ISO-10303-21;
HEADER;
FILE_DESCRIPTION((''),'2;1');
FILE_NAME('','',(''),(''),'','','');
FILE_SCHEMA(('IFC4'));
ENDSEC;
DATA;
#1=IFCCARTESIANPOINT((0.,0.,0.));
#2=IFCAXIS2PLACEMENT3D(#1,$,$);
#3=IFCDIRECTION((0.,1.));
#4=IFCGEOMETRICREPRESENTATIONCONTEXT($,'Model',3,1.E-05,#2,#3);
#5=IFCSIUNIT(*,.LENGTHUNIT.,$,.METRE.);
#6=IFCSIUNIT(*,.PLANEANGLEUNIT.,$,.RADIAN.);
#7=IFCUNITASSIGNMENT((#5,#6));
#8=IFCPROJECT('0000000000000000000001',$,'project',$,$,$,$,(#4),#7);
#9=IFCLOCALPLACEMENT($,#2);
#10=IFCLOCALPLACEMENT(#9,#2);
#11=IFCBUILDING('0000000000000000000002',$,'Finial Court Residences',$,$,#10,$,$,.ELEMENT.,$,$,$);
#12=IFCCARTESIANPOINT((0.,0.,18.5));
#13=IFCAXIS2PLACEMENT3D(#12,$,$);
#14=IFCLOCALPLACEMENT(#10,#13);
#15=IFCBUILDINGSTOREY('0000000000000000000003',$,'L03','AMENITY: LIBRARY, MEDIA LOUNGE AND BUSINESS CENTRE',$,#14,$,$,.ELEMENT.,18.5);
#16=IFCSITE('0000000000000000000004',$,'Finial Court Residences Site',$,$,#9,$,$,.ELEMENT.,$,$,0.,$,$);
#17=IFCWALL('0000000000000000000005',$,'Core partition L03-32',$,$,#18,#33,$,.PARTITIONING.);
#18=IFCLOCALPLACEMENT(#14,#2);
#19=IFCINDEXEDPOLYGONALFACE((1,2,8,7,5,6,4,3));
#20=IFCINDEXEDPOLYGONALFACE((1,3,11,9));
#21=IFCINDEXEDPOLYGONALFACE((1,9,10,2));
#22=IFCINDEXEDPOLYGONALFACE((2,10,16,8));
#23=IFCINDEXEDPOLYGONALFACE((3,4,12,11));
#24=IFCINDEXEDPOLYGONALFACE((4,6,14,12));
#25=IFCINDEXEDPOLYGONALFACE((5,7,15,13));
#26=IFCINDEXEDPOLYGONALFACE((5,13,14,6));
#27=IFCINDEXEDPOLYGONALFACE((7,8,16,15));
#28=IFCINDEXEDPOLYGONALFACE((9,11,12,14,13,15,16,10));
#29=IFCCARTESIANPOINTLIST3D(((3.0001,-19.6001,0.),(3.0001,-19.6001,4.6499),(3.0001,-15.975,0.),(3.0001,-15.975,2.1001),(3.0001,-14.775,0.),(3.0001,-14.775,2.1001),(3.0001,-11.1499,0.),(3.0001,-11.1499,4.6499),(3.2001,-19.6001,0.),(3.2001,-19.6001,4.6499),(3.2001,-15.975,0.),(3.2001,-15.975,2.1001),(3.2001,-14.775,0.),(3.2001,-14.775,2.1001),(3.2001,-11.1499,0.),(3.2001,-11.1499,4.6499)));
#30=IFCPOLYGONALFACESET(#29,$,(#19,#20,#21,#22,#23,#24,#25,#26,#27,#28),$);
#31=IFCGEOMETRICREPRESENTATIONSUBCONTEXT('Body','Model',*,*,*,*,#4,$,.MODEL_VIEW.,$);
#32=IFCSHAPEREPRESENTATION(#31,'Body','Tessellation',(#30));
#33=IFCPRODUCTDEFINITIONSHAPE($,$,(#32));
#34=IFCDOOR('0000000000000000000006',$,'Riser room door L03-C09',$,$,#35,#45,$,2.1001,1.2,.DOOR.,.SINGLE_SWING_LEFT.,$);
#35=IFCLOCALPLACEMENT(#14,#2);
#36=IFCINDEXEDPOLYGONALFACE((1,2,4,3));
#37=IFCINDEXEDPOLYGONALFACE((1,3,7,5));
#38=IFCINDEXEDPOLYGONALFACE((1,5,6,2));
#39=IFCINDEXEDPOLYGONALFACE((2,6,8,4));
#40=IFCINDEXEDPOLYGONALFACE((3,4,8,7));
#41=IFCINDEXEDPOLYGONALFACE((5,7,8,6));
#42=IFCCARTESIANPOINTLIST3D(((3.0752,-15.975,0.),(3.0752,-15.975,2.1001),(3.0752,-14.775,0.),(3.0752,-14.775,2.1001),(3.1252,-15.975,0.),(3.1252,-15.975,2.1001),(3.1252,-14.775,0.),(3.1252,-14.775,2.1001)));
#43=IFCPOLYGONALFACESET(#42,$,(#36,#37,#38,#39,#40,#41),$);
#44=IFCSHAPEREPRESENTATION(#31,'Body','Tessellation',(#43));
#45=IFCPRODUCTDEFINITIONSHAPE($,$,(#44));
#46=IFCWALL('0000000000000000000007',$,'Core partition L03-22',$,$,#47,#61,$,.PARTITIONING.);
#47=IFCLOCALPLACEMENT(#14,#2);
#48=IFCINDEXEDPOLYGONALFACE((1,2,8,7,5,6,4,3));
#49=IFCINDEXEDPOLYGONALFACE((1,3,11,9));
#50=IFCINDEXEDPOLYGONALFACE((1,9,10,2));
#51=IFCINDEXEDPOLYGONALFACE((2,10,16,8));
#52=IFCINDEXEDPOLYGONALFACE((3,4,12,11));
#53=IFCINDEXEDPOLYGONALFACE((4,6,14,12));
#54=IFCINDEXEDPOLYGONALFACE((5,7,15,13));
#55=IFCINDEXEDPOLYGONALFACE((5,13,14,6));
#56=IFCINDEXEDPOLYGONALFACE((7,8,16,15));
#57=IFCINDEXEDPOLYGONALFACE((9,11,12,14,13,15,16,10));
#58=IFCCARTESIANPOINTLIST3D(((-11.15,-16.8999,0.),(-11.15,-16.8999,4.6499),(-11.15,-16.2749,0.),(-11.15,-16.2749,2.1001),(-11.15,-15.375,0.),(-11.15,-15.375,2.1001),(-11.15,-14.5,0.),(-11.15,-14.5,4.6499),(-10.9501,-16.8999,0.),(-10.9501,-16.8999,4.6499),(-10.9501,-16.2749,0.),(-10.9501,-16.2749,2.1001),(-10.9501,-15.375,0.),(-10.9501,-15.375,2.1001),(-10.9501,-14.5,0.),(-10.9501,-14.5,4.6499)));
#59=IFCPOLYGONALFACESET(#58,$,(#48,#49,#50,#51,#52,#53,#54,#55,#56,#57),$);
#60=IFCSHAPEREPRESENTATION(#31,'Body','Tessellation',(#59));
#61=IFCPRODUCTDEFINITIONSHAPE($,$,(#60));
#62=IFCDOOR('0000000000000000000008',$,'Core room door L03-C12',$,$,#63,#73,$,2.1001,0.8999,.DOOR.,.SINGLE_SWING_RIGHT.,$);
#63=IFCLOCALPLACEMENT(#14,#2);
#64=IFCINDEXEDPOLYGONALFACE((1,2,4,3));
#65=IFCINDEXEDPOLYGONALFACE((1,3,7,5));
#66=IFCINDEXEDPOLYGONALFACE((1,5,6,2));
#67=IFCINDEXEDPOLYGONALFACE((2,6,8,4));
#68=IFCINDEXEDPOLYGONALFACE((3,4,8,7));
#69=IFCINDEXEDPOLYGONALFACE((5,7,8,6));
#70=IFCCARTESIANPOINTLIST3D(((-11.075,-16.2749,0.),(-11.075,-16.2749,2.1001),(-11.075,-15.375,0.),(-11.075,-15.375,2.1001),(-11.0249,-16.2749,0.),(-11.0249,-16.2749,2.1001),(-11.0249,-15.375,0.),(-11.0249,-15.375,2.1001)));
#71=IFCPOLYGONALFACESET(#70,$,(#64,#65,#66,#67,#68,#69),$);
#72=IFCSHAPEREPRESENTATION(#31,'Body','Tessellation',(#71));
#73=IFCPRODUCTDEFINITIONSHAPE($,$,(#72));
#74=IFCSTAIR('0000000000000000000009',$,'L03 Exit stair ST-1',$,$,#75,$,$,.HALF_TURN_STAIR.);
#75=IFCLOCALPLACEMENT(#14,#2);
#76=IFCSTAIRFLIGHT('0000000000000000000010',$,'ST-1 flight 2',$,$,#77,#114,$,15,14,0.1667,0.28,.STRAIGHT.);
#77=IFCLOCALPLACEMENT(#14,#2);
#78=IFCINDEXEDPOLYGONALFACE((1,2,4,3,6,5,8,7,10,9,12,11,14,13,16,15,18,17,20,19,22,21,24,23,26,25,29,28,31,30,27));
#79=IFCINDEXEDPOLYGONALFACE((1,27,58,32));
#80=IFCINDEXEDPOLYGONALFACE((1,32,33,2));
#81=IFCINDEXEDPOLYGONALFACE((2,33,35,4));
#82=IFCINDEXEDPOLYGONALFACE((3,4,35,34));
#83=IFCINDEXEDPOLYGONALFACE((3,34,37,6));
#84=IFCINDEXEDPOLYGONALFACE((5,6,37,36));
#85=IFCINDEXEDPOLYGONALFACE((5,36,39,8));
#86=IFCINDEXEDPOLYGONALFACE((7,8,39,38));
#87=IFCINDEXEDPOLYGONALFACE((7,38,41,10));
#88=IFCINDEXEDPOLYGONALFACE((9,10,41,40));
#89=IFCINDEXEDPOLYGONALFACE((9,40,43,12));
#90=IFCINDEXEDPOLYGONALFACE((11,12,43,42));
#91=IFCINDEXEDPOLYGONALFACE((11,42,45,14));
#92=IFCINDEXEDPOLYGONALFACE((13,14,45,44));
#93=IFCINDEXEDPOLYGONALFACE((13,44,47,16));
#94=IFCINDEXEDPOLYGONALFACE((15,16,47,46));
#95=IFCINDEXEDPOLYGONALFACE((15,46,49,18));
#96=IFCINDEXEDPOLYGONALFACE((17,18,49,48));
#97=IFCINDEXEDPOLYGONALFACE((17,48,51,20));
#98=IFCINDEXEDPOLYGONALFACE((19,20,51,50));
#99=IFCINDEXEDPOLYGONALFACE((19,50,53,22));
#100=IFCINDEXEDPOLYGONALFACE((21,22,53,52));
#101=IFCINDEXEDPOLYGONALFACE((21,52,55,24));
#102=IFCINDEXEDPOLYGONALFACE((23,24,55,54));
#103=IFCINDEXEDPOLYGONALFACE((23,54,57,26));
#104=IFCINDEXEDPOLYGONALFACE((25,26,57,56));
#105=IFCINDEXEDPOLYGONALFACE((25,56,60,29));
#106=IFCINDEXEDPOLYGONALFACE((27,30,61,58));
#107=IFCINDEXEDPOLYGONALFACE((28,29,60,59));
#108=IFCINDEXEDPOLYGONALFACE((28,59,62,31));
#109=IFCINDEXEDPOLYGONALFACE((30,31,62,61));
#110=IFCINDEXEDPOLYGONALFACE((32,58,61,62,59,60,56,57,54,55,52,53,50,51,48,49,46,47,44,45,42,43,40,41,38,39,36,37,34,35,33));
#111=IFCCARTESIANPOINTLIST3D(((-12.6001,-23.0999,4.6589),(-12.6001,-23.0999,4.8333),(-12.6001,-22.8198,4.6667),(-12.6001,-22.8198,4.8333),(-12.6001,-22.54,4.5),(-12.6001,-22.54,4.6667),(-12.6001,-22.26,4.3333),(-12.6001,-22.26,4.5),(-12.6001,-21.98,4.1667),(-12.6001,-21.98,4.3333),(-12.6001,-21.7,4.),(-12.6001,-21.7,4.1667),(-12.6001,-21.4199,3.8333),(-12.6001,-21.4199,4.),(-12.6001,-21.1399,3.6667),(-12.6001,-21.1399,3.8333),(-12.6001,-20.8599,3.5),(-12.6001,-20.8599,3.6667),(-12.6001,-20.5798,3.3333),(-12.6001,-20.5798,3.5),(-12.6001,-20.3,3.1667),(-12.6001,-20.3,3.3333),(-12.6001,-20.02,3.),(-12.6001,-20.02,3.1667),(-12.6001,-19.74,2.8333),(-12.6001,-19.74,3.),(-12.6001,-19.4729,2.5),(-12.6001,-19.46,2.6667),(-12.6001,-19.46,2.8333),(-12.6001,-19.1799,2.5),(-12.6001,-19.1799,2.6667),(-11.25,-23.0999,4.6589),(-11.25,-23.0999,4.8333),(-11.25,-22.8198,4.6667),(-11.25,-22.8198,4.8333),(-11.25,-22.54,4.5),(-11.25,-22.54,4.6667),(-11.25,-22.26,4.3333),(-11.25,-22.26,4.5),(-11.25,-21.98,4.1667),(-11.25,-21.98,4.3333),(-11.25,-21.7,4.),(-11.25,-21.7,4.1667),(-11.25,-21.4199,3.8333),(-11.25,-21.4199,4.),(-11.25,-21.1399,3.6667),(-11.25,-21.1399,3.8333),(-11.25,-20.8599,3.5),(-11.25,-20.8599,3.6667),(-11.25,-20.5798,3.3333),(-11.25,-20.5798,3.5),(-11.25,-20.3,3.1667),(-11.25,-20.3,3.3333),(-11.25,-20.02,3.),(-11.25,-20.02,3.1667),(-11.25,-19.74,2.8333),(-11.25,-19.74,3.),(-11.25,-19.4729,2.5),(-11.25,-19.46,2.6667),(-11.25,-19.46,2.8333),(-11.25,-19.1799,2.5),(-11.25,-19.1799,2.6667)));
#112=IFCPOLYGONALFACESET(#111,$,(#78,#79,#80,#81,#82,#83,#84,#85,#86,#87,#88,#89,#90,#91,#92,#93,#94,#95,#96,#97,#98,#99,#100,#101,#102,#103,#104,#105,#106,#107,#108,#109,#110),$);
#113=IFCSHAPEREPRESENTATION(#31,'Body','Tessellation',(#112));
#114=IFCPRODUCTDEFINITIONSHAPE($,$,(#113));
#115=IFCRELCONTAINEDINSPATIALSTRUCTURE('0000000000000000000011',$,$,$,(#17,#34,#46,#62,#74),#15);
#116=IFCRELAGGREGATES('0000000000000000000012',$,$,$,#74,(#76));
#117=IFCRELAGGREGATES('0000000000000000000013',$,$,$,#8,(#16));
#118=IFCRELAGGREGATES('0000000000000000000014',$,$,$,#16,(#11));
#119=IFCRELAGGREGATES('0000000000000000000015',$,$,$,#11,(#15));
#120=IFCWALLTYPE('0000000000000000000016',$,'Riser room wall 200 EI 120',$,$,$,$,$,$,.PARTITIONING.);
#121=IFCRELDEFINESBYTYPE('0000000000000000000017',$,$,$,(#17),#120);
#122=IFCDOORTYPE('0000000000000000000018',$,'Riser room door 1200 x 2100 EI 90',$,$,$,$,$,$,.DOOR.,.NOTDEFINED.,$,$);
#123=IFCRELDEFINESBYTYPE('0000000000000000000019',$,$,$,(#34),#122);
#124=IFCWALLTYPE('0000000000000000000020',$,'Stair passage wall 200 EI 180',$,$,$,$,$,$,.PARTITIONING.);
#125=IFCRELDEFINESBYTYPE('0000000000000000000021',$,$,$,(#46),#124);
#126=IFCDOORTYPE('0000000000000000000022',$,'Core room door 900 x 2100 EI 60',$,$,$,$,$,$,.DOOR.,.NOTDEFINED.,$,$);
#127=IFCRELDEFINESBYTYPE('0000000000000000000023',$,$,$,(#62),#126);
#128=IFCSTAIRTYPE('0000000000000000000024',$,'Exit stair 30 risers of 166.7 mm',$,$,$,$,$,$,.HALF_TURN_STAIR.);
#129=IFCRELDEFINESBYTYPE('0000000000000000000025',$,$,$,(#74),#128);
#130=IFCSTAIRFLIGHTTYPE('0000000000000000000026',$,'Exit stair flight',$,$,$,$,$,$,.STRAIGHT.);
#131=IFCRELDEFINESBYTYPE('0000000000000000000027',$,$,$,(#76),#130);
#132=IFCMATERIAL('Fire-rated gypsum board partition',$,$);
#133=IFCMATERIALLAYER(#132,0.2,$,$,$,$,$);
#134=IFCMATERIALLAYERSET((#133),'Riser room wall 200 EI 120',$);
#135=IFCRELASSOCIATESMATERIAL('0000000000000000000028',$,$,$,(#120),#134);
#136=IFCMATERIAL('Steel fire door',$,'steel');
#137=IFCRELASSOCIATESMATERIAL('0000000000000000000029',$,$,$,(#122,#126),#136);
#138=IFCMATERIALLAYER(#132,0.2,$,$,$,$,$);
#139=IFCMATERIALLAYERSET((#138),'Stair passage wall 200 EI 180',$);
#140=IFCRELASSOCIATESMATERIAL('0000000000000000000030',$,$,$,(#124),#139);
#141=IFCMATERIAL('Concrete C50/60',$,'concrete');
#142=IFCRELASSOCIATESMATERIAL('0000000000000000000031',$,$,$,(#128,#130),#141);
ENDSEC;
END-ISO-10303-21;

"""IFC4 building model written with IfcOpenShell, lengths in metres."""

from ifc_helpers import new_model, si_unit, direction, frame, frame_2d, origin, place, context, subcontext, project, spatial, polyline, rectangle, outline, extrude, material, layer, layer_set, type_object, element, fill, aggregate, save


model = new_model("IFC4")

# Units and contexts
model_context = context("Model", 3, precision=1e-05, world=origin(), true_north=direction((0.0, 1.0)))
body_context = subcontext(model_context, "Body", "Model", "MODEL_VIEW")
ifc_project = project(units=[si_unit("LENGTHUNIT", "METRE"), si_unit("PLANEANGLEUNIT", "RADIAN")], contexts=[model_context])

# Site, building, storey
site_placement = place(None, origin())
site = spatial("IfcSite", under=ifc_project, at=site_placement, Name="Finial Court Residences Site", CompositionType="ELEMENT", RefElevation=0.0)
building_placement = place(site_placement, origin())
building = spatial("IfcBuilding", under=site, at=building_placement, Name="Finial Court Residences", CompositionType="ELEMENT")
storey_placement = place(building_placement, frame((0.0, 0.0, 18.5)))
storey = spatial("IfcBuildingStorey", under=building, at=storey_placement, Name="L03", Description="AMENITY: LIBRARY, MEDIA LOUNGE AND BUSINESS CENTRE", CompositionType="ELEMENT", Elevation=18.5)

# Shared definitions
ifc_material_1 = material(Name="Fire-rated gypsum board partition")
ifc_layer_1 = layer(ifc_material_1, 0.2)
ifc_layer_set_1 = layer_set([ifc_layer_1], Name="Riser room wall 200 EI 120")
wall_type_1 = type_object("IfcWallType", Name="Riser room wall 200 EI 120", PredefinedType="PARTITIONING", material=ifc_layer_set_1)

# Walls, openings, doors
ifc_material_2 = material(Name="Steel fire door", Category="steel")
wall_1_placement = place(storey_placement, frame((3.1001, -19.6001, 0.0), z_axis=(0.0, 0.0, 1.0), x_axis=(0.0, 1.0, 0.0)))
wall_1 = element("IfcWall", 1, at=wall_1_placement, inside=storey, type_object=wall_type_1, Name="Core partition L03-32", PredefinedType="PARTITIONING", context=body_context, shape_type="SweptSolid", body=[
    extrude(rectangle(XDim=8.4502, YDim=0.2, at=frame_2d((4.2251, 0.0))), origin(), (0.0, 0.0, 1.0), 4.6499),
])
opening_1_placement = place(wall_1_placement, frame((3.625, 0.0, 0.0)))
opening_1 = element("IfcOpeningElement", 2, at=opening_1_placement, cuts=wall_1, PredefinedType="OPENING", context=body_context, shape_type="SweptSolid", body=[
    extrude(rectangle(XDim=1.2, YDim=2.1001, at=frame_2d((0.6001, 1.05))), frame((0.0, 0.1099, 0.0), z_axis=(0.0, -1.0, 0.0), x_axis=(1.0, 0.0, 0.0)), (0.0, 0.0, 1.0), 0.22),
])
door_type_1 = type_object("IfcDoorType", Name="Riser room door 1200 x 2100 EI 90", OperationType="NOTDEFINED", PredefinedType="DOOR", material=ifc_material_2)
door_1_placement = place(opening_1_placement, origin())
door_1 = element("IfcDoor", 3, at=door_1_placement, inside=storey, type_object=door_type_1, Name="Riser room door L03-C09", OperationType="SINGLE_SWING_LEFT", OverallHeight=2.1001, OverallWidth=1.2, PredefinedType="DOOR", context=body_context, shape_type="SweptSolid", body=[
    extrude(rectangle(XDim=1.2, YDim=2.1001, at=frame_2d((0.6001, 1.05))), frame((0.0, 0.0249, 0.0), z_axis=(0.0, -1.0, 0.0), x_axis=(1.0, 0.0, 0.0)), (0.0, 0.0, 1.0), 0.05),
])
fill(opening_1, door_1)
ifc_layer_2 = layer(ifc_material_1, 0.2)
ifc_layer_set_2 = layer_set([ifc_layer_2], Name="Stair passage wall 200 EI 180")
wall_type_2 = type_object("IfcWallType", Name="Stair passage wall 200 EI 180", PredefinedType="PARTITIONING", material=ifc_layer_set_2)
wall_2_placement = place(storey_placement, frame((-11.05, -16.8999, 0.0), z_axis=(0.0, 0.0, 1.0), x_axis=(0.0, 1.0, 0.0)))
wall_2 = element("IfcWall", 4, at=wall_2_placement, inside=storey, type_object=wall_type_2, Name="Core partition L03-22", PredefinedType="PARTITIONING", context=body_context, shape_type="SweptSolid", body=[
    extrude(rectangle(XDim=2.3999, YDim=0.2, at=frame_2d((1.2, 0.0))), origin(), (0.0, 0.0, 1.0), 4.6499),
])
opening_2_placement = place(wall_2_placement, frame((0.625, 0.0, 0.0)))
opening_2 = element("IfcOpeningElement", 5, at=opening_2_placement, cuts=wall_2, PredefinedType="OPENING", context=body_context, shape_type="SweptSolid", body=[
    extrude(rectangle(XDim=0.8999, YDim=2.1001, at=frame_2d((0.45, 1.05))), frame((0.0, 0.1099, 0.0), z_axis=(0.0, -1.0, 0.0), x_axis=(1.0, 0.0, 0.0)), (0.0, 0.0, 1.0), 0.22),
])
door_type_2 = type_object("IfcDoorType", Name="Core room door 900 x 2100 EI 60", OperationType="NOTDEFINED", PredefinedType="DOOR", material=ifc_material_2)
door_2_placement = place(opening_2_placement, origin())
door_2 = element("IfcDoor", 6, at=door_2_placement, inside=storey, type_object=door_type_2, Name="Core room door L03-C12", OperationType="SINGLE_SWING_RIGHT", OverallHeight=2.1001, OverallWidth=0.8999, PredefinedType="DOOR", context=body_context, shape_type="SweptSolid", body=[
    extrude(rectangle(XDim=0.8999, YDim=2.1001, at=frame_2d((0.45, 1.05))), frame((0.0, 0.0249, 0.0), z_axis=(0.0, -1.0, 0.0), x_axis=(1.0, 0.0, 0.0)), (0.0, 0.0, 1.0), 0.05),
])
fill(opening_2, door_2)

# Stair, stair flight
ifc_material_3 = material(Name="Concrete C50/60", Category="concrete")
stair_type = type_object("IfcStairType", Name="Exit stair 30 risers of 166.7 mm", PredefinedType="HALF_TURN_STAIR", material=ifc_material_3)
stair_placement = place(storey_placement, origin())
stair = element("IfcStair", 7, at=stair_placement, inside=storey, type_object=stair_type, Name="L03 Exit stair ST-1", PredefinedType="HALF_TURN_STAIR")
stair_flight_type = type_object("IfcStairFlightType", Name="Exit stair flight", PredefinedType="STRAIGHT", material=ifc_material_3)
stair_flight_placement = place(storey_placement, frame((-11.925, -19.1799, 2.5), z_axis=(0.0, 0.0, 1.0), x_axis=(0.0, -1.0, 0.0)))
stair_flight = element("IfcStairFlight", 8, at=stair_flight_placement, type_object=stair_flight_type, Name="ST-1 flight 2", NumberOfRisers=15, NumberOfTreads=14, PredefinedType="STRAIGHT", RiserHeight=0.1667, TreadLength=0.28, context=body_context, shape_type="SweptSolid", body=[
    extrude(outline(polyline([(0.0, 0.0), (0.0, 0.1667), (0.28, 0.1667), (0.28, 0.3333), (0.5601, 0.3333), (0.5601, 0.5), (0.8401, 0.5), (0.8401, 0.6667), (1.1201, 0.6667), (1.1201, 0.8333), (1.3999, 0.8333), (1.3999, 1.0), (1.6799, 1.0), (1.6799, 1.1667), (1.96, 1.1667), (1.96, 1.3333), (2.24, 1.3333), (2.24, 1.5), (2.52, 1.5), (2.52, 1.6667), (2.8, 1.6667), (2.8, 1.8333), (3.0801, 1.8333), (3.0801, 2.0), (3.3601, 2.0), (3.3601, 2.1667), (3.6399, 2.1667), (3.6399, 2.3333), (3.9199, 2.3333), (3.9199, 2.5), (3.9199, 2.1589), (0.293, 0.0), (0.0, 0.0)])), frame((0.0, 0.675, 0.0), z_axis=(0.0, -1.0, 0.0), x_axis=(1.0, 0.0, 0.0)), (0.0, 0.0, 1.0), 1.3501),
])
aggregate(stair, [stair_flight])

save(model, "model.ifc")
